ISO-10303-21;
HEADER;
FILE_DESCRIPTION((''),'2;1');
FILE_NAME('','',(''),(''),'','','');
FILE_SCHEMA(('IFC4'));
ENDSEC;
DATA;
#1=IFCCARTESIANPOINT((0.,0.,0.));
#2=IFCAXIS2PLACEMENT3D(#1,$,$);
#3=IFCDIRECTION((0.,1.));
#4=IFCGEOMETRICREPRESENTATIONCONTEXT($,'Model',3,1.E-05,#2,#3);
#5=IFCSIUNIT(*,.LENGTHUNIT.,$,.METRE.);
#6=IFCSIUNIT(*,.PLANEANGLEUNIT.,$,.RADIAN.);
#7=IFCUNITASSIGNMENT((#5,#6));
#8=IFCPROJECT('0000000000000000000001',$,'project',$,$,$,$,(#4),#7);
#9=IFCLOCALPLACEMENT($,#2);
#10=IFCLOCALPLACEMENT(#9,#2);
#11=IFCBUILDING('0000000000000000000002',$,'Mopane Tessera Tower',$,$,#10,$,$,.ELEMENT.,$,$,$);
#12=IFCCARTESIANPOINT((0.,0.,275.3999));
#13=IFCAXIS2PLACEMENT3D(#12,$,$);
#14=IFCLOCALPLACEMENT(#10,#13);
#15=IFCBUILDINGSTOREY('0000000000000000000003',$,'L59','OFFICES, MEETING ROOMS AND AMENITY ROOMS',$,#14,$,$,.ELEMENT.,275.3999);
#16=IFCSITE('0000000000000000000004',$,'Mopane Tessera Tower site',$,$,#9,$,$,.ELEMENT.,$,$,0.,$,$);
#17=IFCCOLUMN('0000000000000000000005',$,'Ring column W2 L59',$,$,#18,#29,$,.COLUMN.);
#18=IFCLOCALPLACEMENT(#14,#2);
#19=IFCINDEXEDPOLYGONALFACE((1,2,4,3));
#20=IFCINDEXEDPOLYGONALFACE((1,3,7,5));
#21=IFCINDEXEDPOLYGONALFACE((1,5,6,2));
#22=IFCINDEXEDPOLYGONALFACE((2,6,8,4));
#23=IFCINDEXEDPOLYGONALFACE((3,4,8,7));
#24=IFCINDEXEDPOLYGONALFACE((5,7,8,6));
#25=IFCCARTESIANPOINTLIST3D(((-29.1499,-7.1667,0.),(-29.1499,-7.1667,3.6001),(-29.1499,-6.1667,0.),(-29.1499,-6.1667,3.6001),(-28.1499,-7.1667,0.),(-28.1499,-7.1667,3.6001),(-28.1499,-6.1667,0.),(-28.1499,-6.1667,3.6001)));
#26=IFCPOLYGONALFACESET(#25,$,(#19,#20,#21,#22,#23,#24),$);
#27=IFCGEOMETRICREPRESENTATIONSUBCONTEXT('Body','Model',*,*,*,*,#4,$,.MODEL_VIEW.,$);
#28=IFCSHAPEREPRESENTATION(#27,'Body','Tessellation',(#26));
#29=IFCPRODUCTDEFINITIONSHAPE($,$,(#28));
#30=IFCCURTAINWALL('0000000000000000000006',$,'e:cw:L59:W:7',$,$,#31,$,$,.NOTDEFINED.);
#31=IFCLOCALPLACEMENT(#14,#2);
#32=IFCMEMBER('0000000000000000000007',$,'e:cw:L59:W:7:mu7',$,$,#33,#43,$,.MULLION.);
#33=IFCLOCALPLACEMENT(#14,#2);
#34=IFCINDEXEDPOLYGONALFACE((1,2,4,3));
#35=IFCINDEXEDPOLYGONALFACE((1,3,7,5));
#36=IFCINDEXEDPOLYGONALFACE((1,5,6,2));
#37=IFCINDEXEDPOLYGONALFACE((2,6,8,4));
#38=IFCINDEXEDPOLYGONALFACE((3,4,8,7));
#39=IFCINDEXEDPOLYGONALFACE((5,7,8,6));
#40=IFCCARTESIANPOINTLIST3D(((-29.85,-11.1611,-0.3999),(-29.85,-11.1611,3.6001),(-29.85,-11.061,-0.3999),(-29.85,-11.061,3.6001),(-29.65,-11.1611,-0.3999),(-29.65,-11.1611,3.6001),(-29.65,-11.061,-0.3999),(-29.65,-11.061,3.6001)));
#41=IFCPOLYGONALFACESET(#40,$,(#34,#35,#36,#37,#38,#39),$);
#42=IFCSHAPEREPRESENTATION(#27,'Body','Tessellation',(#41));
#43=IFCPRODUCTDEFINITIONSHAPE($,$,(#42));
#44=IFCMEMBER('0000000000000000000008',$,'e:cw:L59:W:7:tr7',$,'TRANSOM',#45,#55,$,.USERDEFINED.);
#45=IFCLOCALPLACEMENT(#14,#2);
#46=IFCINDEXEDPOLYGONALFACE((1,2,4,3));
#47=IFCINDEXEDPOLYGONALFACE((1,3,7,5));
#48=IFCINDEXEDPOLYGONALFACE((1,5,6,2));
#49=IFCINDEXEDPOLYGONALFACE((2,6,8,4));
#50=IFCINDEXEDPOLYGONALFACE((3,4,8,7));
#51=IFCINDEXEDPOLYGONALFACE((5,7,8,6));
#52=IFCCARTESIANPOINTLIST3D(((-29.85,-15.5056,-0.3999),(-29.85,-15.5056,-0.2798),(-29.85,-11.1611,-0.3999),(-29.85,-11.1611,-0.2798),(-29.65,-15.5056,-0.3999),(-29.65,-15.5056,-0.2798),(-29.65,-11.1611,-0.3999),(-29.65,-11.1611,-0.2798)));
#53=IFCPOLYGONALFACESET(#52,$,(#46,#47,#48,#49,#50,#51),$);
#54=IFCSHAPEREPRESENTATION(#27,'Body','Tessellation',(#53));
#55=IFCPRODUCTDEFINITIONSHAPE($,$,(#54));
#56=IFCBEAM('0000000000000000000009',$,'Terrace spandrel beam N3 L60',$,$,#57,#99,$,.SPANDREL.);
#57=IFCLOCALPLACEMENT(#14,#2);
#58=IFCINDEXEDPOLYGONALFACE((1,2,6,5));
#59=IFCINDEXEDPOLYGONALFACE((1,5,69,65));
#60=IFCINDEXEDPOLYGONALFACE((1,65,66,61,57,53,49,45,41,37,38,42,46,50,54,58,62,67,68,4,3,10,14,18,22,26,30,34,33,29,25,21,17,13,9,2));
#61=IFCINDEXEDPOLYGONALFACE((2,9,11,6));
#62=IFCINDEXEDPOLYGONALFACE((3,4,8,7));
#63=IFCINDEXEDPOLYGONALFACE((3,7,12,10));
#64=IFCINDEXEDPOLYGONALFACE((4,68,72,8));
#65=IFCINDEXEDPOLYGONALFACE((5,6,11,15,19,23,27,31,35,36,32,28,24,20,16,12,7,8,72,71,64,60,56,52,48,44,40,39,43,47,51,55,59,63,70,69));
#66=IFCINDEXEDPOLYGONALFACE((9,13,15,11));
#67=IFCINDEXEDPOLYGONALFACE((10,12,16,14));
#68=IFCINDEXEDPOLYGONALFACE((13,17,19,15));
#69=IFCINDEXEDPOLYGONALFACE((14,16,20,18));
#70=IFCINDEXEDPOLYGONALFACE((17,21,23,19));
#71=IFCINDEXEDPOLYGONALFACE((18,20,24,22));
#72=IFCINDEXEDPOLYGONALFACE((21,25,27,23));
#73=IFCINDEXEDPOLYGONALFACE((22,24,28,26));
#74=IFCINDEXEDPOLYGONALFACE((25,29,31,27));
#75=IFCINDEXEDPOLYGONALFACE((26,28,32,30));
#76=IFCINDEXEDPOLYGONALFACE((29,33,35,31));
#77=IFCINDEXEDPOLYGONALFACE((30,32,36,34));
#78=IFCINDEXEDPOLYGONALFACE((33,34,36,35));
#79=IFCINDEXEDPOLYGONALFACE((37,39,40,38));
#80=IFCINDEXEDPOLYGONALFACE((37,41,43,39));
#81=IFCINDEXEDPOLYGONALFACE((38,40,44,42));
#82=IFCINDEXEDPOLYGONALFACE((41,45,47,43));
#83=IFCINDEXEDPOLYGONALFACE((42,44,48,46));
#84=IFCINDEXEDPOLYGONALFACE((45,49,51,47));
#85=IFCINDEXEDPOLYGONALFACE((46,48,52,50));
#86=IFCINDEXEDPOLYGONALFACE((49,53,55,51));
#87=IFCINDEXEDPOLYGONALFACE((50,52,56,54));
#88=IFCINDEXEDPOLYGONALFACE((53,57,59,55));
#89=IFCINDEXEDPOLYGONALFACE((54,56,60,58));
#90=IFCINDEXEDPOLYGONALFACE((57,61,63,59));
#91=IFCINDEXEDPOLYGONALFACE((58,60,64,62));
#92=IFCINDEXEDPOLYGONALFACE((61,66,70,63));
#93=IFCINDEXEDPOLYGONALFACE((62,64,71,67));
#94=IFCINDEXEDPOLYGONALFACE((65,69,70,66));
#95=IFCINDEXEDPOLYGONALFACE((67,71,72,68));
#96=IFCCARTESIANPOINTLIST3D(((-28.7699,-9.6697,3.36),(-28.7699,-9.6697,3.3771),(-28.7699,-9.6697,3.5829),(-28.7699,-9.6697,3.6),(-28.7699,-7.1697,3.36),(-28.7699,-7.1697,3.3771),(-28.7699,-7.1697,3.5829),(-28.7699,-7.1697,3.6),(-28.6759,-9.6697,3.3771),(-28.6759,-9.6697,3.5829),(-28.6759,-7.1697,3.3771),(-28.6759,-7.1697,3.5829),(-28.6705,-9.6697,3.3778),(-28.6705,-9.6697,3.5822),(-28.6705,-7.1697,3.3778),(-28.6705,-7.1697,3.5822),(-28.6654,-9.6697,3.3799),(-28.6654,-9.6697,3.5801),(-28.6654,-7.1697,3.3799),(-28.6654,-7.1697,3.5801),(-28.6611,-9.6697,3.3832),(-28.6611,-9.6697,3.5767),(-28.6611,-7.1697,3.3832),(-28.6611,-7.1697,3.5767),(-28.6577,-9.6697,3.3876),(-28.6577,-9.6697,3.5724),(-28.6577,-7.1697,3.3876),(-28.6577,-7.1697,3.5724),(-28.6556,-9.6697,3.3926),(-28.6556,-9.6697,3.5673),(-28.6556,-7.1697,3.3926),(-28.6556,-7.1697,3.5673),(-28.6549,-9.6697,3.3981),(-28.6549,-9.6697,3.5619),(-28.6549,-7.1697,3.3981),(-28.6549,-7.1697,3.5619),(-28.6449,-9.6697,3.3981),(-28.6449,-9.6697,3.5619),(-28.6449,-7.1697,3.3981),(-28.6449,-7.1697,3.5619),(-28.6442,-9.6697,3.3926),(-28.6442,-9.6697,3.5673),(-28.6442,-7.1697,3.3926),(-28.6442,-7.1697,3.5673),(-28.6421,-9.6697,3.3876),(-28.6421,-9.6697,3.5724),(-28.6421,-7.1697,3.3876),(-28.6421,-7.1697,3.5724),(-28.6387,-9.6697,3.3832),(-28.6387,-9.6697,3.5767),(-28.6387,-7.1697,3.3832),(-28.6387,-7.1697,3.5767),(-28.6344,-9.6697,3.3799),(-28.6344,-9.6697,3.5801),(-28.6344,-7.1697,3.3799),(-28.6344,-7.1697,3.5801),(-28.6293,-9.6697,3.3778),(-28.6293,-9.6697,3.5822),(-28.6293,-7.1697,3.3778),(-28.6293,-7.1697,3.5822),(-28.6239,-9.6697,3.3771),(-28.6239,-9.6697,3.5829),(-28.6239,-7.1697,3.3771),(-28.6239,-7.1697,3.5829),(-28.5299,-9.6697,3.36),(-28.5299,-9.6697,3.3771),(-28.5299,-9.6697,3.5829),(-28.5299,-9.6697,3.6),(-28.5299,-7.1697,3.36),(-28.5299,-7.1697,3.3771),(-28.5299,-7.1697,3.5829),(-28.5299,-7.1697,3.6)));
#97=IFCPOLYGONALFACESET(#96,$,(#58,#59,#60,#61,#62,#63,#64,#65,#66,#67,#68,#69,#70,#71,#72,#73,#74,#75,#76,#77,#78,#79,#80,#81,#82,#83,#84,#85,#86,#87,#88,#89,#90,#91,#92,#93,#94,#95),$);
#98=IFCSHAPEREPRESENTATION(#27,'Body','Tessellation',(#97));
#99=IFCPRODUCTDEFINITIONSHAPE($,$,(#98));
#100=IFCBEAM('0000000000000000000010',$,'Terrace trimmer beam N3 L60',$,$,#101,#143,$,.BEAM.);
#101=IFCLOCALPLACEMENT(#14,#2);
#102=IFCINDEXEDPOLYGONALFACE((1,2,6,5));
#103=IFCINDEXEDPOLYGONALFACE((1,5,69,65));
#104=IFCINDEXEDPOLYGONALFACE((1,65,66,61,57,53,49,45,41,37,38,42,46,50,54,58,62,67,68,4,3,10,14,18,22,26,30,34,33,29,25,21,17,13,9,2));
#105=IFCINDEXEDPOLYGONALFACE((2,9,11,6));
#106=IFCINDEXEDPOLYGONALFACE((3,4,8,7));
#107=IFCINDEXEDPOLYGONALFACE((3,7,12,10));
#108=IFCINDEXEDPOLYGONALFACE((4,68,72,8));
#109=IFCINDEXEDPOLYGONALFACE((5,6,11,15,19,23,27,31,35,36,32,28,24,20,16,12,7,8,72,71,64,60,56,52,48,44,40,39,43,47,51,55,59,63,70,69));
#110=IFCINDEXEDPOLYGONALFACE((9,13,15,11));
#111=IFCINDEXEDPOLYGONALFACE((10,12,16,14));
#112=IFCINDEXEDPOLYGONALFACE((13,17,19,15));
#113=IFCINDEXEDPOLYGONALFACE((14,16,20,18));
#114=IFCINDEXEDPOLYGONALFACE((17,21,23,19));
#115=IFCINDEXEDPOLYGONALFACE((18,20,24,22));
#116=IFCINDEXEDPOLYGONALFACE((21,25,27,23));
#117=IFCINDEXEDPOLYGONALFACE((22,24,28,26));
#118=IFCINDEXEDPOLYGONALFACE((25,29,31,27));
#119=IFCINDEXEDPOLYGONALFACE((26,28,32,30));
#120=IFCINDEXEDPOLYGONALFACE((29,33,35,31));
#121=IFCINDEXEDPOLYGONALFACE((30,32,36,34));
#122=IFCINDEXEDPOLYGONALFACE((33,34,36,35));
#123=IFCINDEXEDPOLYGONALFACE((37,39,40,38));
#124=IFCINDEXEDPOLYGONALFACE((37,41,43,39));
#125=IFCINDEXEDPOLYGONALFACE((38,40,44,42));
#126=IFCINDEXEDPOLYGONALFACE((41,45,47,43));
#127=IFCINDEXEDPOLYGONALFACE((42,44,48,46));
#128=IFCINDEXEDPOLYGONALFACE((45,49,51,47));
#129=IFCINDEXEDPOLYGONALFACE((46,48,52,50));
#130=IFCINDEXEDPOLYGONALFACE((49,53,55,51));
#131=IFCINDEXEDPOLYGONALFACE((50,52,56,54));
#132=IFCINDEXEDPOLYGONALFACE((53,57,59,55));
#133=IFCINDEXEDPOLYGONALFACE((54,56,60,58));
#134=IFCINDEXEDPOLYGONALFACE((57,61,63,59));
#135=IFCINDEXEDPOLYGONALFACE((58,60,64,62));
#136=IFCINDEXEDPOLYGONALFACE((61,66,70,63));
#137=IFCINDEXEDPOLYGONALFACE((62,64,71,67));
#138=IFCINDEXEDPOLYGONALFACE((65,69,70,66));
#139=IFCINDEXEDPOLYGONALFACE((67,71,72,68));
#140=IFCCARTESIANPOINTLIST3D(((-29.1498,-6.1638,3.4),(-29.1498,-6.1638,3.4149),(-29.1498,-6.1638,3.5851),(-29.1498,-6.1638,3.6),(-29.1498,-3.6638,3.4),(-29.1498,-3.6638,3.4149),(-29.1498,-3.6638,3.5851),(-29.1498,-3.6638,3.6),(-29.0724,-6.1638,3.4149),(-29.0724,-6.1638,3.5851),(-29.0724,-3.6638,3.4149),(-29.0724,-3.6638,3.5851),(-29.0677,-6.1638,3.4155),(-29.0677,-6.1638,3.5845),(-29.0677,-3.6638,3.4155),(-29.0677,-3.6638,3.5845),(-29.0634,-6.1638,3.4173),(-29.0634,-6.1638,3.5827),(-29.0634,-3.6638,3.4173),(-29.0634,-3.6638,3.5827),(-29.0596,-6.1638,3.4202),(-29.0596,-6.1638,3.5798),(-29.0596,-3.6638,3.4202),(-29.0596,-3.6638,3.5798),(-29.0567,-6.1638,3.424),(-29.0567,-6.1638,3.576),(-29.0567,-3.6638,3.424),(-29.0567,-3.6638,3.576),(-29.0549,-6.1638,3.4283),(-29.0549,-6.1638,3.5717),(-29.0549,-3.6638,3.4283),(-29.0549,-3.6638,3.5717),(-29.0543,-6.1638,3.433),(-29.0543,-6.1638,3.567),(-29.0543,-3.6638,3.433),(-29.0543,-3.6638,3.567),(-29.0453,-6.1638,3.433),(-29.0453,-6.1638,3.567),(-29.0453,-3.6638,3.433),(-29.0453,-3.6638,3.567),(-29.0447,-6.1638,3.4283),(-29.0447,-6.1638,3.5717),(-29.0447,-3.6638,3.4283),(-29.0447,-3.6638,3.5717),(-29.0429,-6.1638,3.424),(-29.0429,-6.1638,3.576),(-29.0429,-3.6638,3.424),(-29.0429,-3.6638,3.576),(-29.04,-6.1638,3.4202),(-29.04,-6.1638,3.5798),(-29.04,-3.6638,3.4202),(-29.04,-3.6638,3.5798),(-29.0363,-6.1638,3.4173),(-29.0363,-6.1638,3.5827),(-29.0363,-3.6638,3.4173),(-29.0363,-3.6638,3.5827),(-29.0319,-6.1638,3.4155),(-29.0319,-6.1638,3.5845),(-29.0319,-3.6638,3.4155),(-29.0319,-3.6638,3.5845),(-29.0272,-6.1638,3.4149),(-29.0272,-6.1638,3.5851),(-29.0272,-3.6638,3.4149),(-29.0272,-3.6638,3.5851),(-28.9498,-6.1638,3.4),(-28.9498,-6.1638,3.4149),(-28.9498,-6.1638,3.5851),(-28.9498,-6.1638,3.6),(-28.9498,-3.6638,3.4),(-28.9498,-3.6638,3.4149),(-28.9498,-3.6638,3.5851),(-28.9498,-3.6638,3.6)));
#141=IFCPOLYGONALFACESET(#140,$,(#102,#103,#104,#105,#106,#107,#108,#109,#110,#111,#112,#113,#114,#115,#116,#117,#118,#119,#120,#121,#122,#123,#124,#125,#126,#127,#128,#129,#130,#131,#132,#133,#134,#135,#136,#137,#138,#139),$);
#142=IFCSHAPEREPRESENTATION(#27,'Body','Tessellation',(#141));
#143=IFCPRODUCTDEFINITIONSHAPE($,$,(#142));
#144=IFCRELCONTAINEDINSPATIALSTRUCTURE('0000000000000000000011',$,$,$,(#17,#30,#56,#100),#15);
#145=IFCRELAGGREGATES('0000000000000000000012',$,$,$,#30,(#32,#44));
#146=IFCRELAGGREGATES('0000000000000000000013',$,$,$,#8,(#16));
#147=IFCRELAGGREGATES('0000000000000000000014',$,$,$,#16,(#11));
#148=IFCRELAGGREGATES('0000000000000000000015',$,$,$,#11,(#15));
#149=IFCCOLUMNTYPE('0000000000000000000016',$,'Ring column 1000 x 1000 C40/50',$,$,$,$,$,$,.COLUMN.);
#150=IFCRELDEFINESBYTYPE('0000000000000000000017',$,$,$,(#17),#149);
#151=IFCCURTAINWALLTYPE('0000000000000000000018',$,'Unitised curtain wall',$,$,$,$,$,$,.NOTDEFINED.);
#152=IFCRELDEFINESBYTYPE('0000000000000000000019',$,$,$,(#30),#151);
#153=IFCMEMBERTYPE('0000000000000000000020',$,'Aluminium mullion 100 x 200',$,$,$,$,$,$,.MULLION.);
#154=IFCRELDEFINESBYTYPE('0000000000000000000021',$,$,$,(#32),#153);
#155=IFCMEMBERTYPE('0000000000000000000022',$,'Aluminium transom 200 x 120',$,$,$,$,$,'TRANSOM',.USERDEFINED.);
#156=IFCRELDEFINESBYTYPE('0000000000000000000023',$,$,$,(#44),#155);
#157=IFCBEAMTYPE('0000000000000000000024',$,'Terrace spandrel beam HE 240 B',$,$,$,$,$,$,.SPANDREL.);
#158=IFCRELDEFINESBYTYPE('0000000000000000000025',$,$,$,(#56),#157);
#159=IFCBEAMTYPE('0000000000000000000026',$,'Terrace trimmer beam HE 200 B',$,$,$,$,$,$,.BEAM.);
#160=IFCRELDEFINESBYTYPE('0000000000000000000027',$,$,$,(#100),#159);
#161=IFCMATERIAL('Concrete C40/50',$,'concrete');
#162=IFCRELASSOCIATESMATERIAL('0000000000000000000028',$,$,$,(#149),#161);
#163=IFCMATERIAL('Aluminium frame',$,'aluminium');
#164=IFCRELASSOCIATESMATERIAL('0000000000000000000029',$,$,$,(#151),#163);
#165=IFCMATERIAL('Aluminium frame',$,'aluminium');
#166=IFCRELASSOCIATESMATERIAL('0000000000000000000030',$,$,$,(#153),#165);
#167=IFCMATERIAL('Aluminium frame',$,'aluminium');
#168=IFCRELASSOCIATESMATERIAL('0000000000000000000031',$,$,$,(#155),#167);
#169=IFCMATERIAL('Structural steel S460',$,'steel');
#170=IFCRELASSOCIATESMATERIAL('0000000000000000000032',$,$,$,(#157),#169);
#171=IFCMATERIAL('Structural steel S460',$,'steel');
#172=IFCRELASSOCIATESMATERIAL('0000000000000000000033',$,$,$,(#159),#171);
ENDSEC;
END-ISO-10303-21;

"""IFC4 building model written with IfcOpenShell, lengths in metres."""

from ifc_helpers import new_model, si_unit, direction, frame, origin, origin_2d, place, context, subcontext, project, spatial, rectangle, i_section, extrude, material, material_profile, profile_set, type_object, element, aggregate, save


model = new_model("IFC4")

# Units and contexts
model_context = context("Model", 3, precision=1e-05, world=origin(), true_north=direction((0.0, 1.0)))
body_context = subcontext(model_context, "Body", "Model", "MODEL_VIEW")
ifc_project = project(units=[si_unit("LENGTHUNIT", "METRE"), si_unit("PLANEANGLEUNIT", "RADIAN")], contexts=[model_context])

# Site, building, storey
site_placement = place(None, origin())
site = spatial("IfcSite", under=ifc_project, at=site_placement, Name="Mopane Tessera Tower site", CompositionType="ELEMENT", RefElevation=0.0)
building_placement = place(site_placement, origin())
building = spatial("IfcBuilding", under=site, at=building_placement, Name="Mopane Tessera Tower", CompositionType="ELEMENT")
storey_placement = place(building_placement, frame((0.0, 0.0, 275.3999)))
storey = spatial("IfcBuildingStorey", under=building, at=storey_placement, Name="L59", Description="OFFICES, MEETING ROOMS AND AMENITY ROOMS", CompositionType="ELEMENT", Elevation=275.3999)

# Column
ifc_material_1 = material(Name="Concrete C40/50", Category="concrete")
ifc_material_profile_1 = material_profile(ifc_material_1, rectangle(XDim=1.0, YDim=1.0, at=origin_2d()))
ifc_profile_set_1 = profile_set([ifc_material_profile_1], Name="Concrete C40/50")
column_type = type_object("IfcColumnType", Name="Ring column 1000 x 1000 C40/50", PredefinedType="COLUMN", material=ifc_profile_set_1)
column_placement = place(storey_placement, frame((-28.6499, -6.6667, 0.0), z_axis=(0.0, 0.0, 1.0), x_axis=(1.0, 0.0, 0.0)))
element("IfcColumn", 1, at=column_placement, inside=storey, type_object=column_type, Name="Ring column W2 L59", PredefinedType="COLUMN", context=body_context, shape_type="SweptSolid", body=[
    extrude(rectangle(XDim=1.0, YDim=1.0, at=origin_2d()), origin(), (0.0, 0.0, 1.0), 3.6001),
])

# Curtain wall, members
ifc_material_2 = material(Name="Aluminium frame", Category="aluminium")
curtain_wall_type = type_object("IfcCurtainWallType", Name="Unitised curtain wall", PredefinedType="NOTDEFINED", material=ifc_material_2)
curtain_wall_placement = place(storey_placement, origin())
curtain_wall = element("IfcCurtainWall", 2, at=curtain_wall_placement, inside=storey, type_object=curtain_wall_type, Name="e:cw:L59:W:7", PredefinedType="NOTDEFINED")
ifc_material_3 = material(Name="Aluminium frame", Category="aluminium")
ifc_material_profile_2 = material_profile(ifc_material_3, rectangle(XDim=0.1001, YDim=0.2, at=origin_2d()))
ifc_profile_set_2 = profile_set([ifc_material_profile_2], Name="Aluminium frame")
member_type_1 = type_object("IfcMemberType", Name="Aluminium mullion 100 x 200", PredefinedType="MULLION", material=ifc_profile_set_2)
member_1_placement = place(storey_placement, frame((-29.75, -11.1111, -0.3999), z_axis=(0.0, 0.0, 1.0), x_axis=(0.0, -1.0, 0.0)))
member_1 = element("IfcMember", 3, at=member_1_placement, type_object=member_type_1, Name="e:cw:L59:W:7:mu7", PredefinedType="MULLION", context=body_context, shape_type="SweptSolid", body=[
    extrude(rectangle(XDim=0.1001, YDim=0.2, at=origin_2d()), origin(), (0.0, 0.0, 1.0), 4.0),
])
ifc_material_4 = material(Name="Aluminium frame", Category="aluminium")
ifc_material_profile_3 = material_profile(ifc_material_4, rectangle(XDim=0.2, YDim=0.1201, at=origin_2d()))
ifc_profile_set_3 = profile_set([ifc_material_profile_3], Name="Aluminium frame")
member_type_2 = type_object("IfcMemberType", Name="Aluminium transom 200 x 120", ElementType="TRANSOM", PredefinedType="USERDEFINED", material=ifc_profile_set_3)
member_2_placement = place(storey_placement, frame((-29.75, -11.1611, -0.3398), z_axis=(0.0, -1.0, 0.0), x_axis=(1.0, 0.0, 0.0)))
member_2 = element("IfcMember", 4, at=member_2_placement, type_object=member_type_2, Name="e:cw:L59:W:7:tr7", ObjectType="TRANSOM", PredefinedType="USERDEFINED", context=body_context, shape_type="SweptSolid", body=[
    extrude(rectangle(XDim=0.2, YDim=0.1201, at=origin_2d()), origin(), (0.0, 0.0, 1.0), 4.3445),
])
aggregate(curtain_wall, [member_1, member_2])

# Beams
ifc_material_5 = material(Name="Structural steel S460", Category="steel")
ifc_material_profile_4 = material_profile(ifc_material_5, i_section(OverallWidth=0.24, OverallDepth=0.24, WebThickness=0.01, FlangeThickness=0.0171, FilletRadius=0.021, at=origin_2d()))
ifc_profile_set_4 = profile_set([ifc_material_profile_4], Name="Structural steel S460")
beam_type_1 = type_object("IfcBeamType", Name="Terrace spandrel beam HE 240 B", PredefinedType="SPANDREL", material=ifc_profile_set_4)
beam_1_placement = place(storey_placement, frame((-28.6499, -7.1697, 3.48), z_axis=(0.0, -1.0, 0.0), x_axis=(1.0, 0.0, 0.0)))
element("IfcBeam", 5, at=beam_1_placement, inside=storey, type_object=beam_type_1, Name="Terrace spandrel beam N3 L60", PredefinedType="SPANDREL", context=body_context, shape_type="SweptSolid", body=[
    extrude(i_section(OverallWidth=0.24, OverallDepth=0.24, WebThickness=0.01, FlangeThickness=0.0171, FilletRadius=0.021, at=origin_2d()), origin(), (0.0, 0.0, 1.0), 2.5),
])
ifc_material_6 = material(Name="Structural steel S460", Category="steel")
ifc_material_profile_5 = material_profile(ifc_material_6, i_section(OverallWidth=0.2, OverallDepth=0.2, WebThickness=0.009, FlangeThickness=0.0149, FilletRadius=0.0181, at=origin_2d()))
ifc_profile_set_5 = profile_set([ifc_material_profile_5], Name="Structural steel S460")
beam_type_2 = type_object("IfcBeamType", Name="Terrace trimmer beam HE 200 B", PredefinedType="BEAM", material=ifc_profile_set_5)
beam_2_placement = place(storey_placement, frame((-29.0498, -6.1638, 3.5), z_axis=(0.0, 1.0, 0.0), x_axis=(-1.0, 0.0, 0.0)))
element("IfcBeam", 6, at=beam_2_placement, inside=storey, type_object=beam_type_2, Name="Terrace trimmer beam N3 L60", PredefinedType="BEAM", context=body_context, shape_type="SweptSolid", body=[
    extrude(i_section(OverallWidth=0.2, OverallDepth=0.2, WebThickness=0.009, FlangeThickness=0.0149, FilletRadius=0.0181, at=origin_2d()), origin(), (0.0, 0.0, 1.0), 2.5),
])

save(model, "model.ifc")
